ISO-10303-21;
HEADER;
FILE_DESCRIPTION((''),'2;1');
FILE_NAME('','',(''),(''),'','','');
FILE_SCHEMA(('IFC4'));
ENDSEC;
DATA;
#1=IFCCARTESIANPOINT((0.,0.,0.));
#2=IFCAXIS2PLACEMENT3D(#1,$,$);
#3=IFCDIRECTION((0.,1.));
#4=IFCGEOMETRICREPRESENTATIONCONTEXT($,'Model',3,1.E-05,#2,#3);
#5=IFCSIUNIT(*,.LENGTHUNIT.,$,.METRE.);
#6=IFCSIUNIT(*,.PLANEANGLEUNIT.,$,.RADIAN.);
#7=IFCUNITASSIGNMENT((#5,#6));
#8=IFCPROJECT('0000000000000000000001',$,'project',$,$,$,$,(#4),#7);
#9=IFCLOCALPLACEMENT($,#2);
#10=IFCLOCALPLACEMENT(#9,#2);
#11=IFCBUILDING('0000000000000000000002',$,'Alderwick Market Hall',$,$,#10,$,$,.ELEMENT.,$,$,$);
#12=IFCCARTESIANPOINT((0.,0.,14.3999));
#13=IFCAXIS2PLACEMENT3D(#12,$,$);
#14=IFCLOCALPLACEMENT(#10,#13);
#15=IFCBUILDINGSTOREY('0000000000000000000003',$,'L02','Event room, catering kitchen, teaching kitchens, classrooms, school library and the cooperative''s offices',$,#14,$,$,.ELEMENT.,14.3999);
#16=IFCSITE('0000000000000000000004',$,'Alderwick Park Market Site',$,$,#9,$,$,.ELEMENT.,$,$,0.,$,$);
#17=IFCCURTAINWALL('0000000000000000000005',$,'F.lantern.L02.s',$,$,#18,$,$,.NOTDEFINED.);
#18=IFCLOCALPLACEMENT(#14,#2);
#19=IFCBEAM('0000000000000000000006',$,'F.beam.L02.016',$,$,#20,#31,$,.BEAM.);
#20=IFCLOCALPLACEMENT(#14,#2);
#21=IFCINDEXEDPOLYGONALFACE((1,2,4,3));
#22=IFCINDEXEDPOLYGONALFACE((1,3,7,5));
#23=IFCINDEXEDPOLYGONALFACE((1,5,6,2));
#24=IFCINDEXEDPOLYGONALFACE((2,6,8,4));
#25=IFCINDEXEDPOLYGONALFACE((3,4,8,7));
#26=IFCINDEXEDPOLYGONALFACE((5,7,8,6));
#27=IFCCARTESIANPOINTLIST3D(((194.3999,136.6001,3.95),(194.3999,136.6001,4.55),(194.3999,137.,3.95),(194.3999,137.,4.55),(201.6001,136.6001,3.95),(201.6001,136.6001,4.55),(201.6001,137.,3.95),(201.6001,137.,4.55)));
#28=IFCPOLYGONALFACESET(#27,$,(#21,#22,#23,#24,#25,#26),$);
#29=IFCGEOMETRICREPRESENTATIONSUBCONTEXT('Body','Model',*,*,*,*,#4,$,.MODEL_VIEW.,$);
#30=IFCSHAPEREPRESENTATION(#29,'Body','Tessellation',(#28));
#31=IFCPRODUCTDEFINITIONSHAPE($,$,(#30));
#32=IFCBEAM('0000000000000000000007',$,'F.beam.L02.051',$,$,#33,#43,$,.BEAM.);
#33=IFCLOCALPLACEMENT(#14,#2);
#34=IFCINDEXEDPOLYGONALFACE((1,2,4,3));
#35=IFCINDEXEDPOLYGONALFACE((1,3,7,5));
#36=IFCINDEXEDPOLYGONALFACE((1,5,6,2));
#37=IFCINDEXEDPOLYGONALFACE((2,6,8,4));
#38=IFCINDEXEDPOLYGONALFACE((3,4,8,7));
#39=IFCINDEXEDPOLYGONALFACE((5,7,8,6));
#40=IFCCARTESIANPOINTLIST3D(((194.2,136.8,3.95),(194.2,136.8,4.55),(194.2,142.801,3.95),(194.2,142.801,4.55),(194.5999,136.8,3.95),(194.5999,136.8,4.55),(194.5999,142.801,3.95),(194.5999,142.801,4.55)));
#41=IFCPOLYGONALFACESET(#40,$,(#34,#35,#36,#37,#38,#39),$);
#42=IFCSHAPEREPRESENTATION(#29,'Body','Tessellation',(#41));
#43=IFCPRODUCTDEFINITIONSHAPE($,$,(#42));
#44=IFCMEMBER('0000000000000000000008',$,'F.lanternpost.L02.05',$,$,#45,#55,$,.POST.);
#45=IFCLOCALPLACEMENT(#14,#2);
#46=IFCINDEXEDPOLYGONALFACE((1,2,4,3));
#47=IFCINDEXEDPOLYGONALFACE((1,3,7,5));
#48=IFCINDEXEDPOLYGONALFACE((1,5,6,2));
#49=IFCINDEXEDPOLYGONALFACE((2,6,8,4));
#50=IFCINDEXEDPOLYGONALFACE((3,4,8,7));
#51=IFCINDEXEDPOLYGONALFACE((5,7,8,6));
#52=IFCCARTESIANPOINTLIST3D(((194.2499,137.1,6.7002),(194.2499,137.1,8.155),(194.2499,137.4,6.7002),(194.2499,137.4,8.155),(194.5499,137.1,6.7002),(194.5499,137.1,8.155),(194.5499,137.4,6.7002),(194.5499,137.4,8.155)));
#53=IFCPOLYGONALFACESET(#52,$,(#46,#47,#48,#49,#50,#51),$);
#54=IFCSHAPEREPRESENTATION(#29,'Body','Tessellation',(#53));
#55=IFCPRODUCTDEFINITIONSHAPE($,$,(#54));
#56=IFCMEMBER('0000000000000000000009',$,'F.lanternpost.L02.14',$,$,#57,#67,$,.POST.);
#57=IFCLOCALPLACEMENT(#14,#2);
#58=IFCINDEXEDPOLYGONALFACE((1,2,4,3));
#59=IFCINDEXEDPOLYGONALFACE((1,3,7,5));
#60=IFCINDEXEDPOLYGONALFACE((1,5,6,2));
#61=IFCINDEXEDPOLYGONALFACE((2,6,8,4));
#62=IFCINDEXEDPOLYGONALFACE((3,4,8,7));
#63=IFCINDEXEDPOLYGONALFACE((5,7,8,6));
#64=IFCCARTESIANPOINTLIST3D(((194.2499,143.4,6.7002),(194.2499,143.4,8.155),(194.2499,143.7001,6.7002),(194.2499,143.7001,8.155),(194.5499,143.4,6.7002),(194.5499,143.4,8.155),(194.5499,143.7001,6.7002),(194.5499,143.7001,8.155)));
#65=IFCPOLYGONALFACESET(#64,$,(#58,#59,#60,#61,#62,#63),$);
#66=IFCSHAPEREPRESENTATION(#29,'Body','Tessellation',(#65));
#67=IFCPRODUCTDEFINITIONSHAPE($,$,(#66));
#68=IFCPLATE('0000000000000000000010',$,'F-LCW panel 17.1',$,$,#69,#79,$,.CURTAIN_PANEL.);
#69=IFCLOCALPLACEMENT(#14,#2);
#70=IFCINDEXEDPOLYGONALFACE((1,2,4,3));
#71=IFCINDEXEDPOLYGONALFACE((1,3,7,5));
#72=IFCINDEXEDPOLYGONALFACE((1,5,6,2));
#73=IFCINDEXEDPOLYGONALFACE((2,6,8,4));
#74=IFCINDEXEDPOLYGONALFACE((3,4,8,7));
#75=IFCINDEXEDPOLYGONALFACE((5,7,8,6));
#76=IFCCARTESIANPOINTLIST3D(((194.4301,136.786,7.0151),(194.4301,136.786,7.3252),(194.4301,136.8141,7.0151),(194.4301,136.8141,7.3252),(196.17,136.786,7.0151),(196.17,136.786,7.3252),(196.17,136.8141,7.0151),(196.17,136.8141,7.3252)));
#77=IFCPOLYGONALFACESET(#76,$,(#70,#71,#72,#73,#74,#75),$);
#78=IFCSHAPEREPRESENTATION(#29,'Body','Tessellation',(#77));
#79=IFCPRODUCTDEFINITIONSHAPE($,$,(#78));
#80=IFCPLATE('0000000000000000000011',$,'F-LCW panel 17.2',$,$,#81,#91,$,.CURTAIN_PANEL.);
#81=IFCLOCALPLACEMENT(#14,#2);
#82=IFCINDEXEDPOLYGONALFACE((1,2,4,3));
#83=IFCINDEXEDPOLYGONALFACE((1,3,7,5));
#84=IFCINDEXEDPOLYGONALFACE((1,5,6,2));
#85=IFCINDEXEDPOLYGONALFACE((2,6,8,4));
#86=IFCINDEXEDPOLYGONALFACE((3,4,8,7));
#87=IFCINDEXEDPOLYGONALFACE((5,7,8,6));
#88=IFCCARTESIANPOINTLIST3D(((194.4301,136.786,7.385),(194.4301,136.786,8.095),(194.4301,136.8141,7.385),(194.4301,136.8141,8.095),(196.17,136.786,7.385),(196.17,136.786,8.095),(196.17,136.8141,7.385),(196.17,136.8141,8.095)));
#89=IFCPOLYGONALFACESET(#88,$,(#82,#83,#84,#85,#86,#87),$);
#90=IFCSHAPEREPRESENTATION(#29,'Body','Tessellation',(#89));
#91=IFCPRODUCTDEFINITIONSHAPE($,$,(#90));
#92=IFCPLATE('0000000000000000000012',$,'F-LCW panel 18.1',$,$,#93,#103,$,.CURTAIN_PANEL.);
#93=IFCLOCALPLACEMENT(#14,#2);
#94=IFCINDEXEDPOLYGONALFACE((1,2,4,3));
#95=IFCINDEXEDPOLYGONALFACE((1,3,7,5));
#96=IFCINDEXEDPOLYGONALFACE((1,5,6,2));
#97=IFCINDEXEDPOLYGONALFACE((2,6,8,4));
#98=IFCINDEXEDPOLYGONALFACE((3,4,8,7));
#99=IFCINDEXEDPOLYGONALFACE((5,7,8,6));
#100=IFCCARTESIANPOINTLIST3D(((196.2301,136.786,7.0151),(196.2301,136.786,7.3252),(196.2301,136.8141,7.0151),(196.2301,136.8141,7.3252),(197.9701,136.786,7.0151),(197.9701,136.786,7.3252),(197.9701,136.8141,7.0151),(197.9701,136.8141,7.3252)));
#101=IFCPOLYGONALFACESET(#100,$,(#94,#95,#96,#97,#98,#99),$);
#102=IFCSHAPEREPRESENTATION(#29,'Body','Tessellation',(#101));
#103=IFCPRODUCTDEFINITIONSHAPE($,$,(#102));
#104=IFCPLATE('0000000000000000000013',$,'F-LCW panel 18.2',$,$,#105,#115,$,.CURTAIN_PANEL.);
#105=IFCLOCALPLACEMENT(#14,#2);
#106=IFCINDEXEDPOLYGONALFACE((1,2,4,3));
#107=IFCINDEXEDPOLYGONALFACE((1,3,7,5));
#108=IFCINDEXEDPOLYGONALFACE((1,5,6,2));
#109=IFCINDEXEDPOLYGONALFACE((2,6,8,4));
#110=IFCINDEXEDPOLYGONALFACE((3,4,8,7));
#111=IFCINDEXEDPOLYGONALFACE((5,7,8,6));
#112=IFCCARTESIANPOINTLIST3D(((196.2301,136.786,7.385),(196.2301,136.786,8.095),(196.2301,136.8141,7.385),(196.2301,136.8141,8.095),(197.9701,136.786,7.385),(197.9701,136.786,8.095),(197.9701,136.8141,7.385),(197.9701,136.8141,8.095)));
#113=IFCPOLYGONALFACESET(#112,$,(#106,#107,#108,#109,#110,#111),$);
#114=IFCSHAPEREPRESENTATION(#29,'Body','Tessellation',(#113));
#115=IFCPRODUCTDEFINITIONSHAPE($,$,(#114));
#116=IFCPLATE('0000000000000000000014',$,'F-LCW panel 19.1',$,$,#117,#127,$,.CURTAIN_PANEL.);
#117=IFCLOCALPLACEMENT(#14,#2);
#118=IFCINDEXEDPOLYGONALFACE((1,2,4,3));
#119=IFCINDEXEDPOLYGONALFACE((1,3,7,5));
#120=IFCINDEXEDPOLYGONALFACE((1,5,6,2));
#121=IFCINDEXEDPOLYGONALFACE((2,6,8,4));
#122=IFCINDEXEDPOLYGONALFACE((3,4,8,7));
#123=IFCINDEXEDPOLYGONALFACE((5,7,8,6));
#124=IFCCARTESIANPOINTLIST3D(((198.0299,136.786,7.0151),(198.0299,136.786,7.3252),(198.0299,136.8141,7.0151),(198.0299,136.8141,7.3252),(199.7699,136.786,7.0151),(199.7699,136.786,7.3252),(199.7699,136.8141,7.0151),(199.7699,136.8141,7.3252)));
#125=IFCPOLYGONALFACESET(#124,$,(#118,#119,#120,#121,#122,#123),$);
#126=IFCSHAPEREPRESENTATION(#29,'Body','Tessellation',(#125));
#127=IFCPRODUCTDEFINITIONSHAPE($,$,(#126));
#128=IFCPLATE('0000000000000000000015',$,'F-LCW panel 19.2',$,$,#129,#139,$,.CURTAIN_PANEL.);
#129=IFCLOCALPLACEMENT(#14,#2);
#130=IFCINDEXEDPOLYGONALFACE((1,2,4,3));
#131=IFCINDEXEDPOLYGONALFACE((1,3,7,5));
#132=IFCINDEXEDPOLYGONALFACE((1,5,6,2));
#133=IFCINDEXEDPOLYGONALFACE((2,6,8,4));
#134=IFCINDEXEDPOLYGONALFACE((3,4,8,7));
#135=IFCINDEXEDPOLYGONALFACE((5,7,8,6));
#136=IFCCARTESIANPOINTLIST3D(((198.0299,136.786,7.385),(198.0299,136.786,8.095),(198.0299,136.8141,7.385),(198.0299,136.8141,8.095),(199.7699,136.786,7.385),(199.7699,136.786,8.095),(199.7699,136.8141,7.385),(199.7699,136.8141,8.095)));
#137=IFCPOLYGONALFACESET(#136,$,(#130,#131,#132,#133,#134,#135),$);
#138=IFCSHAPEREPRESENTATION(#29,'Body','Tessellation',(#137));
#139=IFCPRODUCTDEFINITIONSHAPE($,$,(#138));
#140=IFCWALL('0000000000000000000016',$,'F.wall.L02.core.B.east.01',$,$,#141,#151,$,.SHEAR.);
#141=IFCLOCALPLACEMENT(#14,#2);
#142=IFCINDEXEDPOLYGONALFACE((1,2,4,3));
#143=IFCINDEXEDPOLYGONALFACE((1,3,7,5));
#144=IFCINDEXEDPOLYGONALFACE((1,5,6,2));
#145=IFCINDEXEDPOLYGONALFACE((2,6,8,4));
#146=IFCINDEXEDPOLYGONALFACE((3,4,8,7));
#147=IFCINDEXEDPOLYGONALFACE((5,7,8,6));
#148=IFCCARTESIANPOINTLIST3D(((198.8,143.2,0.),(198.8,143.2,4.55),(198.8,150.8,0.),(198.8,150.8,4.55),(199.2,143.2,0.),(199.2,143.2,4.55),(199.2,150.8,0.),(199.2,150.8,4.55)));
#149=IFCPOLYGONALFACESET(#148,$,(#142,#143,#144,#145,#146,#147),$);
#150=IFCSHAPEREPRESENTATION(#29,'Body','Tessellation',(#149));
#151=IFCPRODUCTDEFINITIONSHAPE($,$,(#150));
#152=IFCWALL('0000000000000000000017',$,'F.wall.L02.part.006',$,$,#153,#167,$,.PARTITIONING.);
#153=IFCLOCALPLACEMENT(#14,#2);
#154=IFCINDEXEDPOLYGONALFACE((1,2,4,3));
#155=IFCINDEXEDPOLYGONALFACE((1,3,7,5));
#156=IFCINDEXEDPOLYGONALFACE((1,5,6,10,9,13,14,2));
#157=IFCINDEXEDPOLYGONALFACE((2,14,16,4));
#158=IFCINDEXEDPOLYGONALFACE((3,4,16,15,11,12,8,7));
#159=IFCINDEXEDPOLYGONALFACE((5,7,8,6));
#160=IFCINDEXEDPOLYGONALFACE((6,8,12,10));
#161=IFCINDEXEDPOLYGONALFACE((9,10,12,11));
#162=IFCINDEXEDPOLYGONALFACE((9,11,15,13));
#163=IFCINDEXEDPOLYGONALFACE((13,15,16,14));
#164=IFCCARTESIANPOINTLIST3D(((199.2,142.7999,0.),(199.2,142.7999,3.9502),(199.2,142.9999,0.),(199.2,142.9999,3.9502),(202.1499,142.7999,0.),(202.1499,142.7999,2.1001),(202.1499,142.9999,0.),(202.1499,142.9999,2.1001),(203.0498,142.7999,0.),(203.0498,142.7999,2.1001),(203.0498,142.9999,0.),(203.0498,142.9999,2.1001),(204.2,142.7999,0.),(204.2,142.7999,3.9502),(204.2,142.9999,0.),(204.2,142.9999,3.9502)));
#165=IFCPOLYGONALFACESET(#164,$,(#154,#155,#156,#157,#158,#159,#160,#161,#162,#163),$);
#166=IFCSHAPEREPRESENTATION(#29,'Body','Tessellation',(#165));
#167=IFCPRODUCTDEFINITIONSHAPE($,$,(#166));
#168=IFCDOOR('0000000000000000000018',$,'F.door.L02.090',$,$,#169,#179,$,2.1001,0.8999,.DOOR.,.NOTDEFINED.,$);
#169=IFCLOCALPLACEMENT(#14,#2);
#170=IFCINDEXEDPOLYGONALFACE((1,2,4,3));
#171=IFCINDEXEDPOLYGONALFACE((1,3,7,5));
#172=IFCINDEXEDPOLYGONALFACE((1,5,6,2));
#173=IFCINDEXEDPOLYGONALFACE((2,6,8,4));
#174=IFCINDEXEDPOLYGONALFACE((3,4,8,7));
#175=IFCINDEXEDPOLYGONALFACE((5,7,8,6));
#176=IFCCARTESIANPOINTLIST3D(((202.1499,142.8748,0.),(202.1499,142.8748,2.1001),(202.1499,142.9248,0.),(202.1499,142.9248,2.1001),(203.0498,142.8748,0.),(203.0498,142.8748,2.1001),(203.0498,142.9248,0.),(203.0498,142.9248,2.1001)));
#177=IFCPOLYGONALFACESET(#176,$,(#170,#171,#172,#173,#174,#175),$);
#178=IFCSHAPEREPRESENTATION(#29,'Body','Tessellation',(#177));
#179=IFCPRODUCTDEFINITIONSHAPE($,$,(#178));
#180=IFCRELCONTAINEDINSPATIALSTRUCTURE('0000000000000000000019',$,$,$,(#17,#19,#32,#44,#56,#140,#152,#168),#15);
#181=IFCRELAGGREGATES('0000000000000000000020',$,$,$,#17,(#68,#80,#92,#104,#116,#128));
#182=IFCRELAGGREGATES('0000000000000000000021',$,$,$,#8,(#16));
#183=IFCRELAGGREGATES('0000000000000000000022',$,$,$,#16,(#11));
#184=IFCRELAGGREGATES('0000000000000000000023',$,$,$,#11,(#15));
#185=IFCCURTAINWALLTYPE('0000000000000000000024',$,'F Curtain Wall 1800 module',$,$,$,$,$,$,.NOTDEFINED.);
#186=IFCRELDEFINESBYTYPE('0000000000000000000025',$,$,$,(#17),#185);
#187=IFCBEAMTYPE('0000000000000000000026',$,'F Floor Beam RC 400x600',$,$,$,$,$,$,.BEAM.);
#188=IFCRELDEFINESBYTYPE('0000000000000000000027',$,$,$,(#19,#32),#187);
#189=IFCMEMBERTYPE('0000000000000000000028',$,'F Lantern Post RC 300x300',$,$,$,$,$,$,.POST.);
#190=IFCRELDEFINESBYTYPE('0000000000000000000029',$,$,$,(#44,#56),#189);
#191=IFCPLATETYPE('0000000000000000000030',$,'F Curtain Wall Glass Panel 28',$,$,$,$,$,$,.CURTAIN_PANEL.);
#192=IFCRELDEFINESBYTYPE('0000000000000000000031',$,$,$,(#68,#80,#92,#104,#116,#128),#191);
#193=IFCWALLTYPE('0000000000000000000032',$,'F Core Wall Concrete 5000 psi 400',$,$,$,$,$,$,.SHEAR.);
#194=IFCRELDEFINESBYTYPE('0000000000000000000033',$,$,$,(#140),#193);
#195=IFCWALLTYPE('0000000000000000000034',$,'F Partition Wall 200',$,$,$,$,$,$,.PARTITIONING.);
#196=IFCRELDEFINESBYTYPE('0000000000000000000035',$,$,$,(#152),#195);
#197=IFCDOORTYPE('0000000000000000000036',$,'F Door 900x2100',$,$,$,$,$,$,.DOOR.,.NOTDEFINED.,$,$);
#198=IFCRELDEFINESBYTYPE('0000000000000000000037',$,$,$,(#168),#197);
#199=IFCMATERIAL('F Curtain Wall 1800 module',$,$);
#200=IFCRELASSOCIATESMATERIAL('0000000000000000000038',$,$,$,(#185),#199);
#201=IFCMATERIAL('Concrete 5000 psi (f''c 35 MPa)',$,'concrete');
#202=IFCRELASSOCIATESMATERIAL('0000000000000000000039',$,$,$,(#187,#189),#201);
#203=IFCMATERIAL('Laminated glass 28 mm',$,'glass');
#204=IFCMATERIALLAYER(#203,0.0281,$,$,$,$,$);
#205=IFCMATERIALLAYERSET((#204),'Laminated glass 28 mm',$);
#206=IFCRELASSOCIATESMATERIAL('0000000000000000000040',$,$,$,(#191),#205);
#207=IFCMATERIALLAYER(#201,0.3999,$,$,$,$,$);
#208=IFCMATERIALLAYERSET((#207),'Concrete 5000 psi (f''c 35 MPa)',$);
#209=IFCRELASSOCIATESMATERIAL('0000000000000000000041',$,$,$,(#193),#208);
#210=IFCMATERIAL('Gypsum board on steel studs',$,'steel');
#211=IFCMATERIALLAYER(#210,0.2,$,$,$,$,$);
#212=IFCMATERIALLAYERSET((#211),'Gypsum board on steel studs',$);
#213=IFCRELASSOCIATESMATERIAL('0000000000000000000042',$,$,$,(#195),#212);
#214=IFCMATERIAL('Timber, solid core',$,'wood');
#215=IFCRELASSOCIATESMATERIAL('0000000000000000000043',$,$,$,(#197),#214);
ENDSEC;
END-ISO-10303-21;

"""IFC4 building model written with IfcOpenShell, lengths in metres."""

from ifc_helpers import new_model, si_unit, direction, frame, frame_2d, origin, origin_2d, place, context, subcontext, project, spatial, rectangle, extrude, material, layer, layer_set, material_profile, profile_set, type_object, element, fill, aggregate, save


model = new_model("IFC4")

# Units and contexts
model_context = context("Model", 3, precision=1e-05, world=origin(), true_north=direction((0.0, 1.0)))
body_context = subcontext(model_context, "Body", "Model", "MODEL_VIEW")
ifc_project = project(units=[si_unit("LENGTHUNIT", "METRE"), si_unit("PLANEANGLEUNIT", "RADIAN")], contexts=[model_context])

# Site, building, storey
site_placement = place(None, origin())
site = spatial("IfcSite", under=ifc_project, at=site_placement, Name="Alderwick Park Market Site", CompositionType="ELEMENT", RefElevation=0.0)
building_placement = place(site_placement, origin())
building = spatial("IfcBuilding", under=site, at=building_placement, Name="Alderwick Market Hall", CompositionType="ELEMENT")
storey_placement = place(building_placement, frame((0.0, 0.0, 14.3999)))
storey = spatial("IfcBuildingStorey", under=building, at=storey_placement, Name="L02", Description="Event room, catering kitchen, teaching kitchens, classrooms, school library and the cooperative's offices", CompositionType="ELEMENT", Elevation=14.3999)

# Shared definitions
ifc_material_1 = material(Name="Concrete 5000 psi (f'c 35 MPa)", Category="concrete")

# Curtain wall
ifc_material_2 = material(Name="F Curtain Wall 1800 module")
curtain_wall_type = type_object("IfcCurtainWallType", Name="F Curtain Wall 1800 module", PredefinedType="NOTDEFINED", material=ifc_material_2)
curtain_wall_placement = place(storey_placement, origin())
curtain_wall = element("IfcCurtainWall", 1, at=curtain_wall_placement, inside=storey, type_object=curtain_wall_type, Name="F.lantern.L02.s", PredefinedType="NOTDEFINED")

# Beams
ifc_material_profile_1 = material_profile(ifc_material_1, rectangle(XDim=0.3999, YDim=0.6001, at=origin_2d()), Name="RC 400x600")
ifc_profile_set_1 = profile_set([ifc_material_profile_1], Name="Concrete 5000 psi (f'c 35 MPa)")
beam_type = type_object("IfcBeamType", Name="F Floor Beam RC 400x600", PredefinedType="BEAM", material=ifc_profile_set_1)
beam_1_placement = place(storey_placement, frame((194.3999, 136.8, 4.25), z_axis=(1.0, 0.0, 0.0), x_axis=(0.0, 1.0, 0.0)))
element("IfcBeam", 2, at=beam_1_placement, inside=storey, type_object=beam_type, Name="F.beam.L02.016", PredefinedType="BEAM", context=body_context, shape_type="SweptSolid", body=[
    extrude(rectangle(XDim=0.3999, YDim=0.6001, at=origin_2d()), origin(), (0.0, 0.0, 1.0), 7.2002),
])
beam_2_placement = place(storey_placement, frame((194.3999, 136.8, 4.25), z_axis=(0.0, 1.0, 0.0), x_axis=(-1.0, 0.0, 0.0)))
element("IfcBeam", 3, at=beam_2_placement, inside=storey, type_object=beam_type, Name="F.beam.L02.051", PredefinedType="BEAM", context=body_context, shape_type="SweptSolid", body=[
    extrude(rectangle(XDim=0.3999, YDim=0.6001, at=origin_2d()), origin(), (0.0, 0.0, 1.0), 6.001),
])

# Members
ifc_material_profile_2 = material_profile(ifc_material_1, rectangle(XDim=0.3, YDim=0.3, at=origin_2d()), Name="RC 300x300")
ifc_profile_set_2 = profile_set([ifc_material_profile_2], Name="Concrete 5000 psi (f'c 35 MPa)")
member_type_1 = type_object("IfcMemberType", Name="F Lantern Post RC 300x300", PredefinedType="POST", material=ifc_profile_set_2)
for number, where, z_axis, x_axis, name in (
    (4, (194.3999, 137.25, 6.7002), (0.0, 0.0, 1.0), (1.0, 0.0, 0.0), "F.lanternpost.L02.05"),
    (5, (194.3999, 143.55, 6.7002), (0.0, 0.0, 1.0), (1.0, 0.0, 0.0), "F.lanternpost.L02.14"),
):
    element("IfcMember", number, at=place(storey_placement, frame(where, z_axis=z_axis, x_axis=x_axis)), inside=storey, type_object=member_type_1, Name=name, PredefinedType="POST", context=body_context, shape_type="SweptSolid", body=[
        extrude(rectangle(XDim=0.3, YDim=0.3, at=origin_2d()), origin(), (0.0, 0.0, 1.0), 1.4548),
    ])

# Plates
ifc_material_3 = material(Name="Laminated glass 28 mm", Category="glass")
ifc_layer_1 = layer(ifc_material_3, 0.0281)
ifc_layer_set_1 = layer_set([ifc_layer_1], Name="Laminated glass 28 mm")
plate_type = type_object("IfcPlateType", Name="F Curtain Wall Glass Panel 28", PredefinedType="CURTAIN_PANEL", material=ifc_layer_set_1)
plate_1_placement = place(storey_placement, frame((195.3, 136.8, 7.0151), z_axis=(0.0, 0.0, 1.0), x_axis=(1.0, 0.0, 0.0)))
plate_1 = element("IfcPlate", 6, at=plate_1_placement, type_object=plate_type, Name="F-LCW panel 17.1", PredefinedType="CURTAIN_PANEL", context=body_context, shape_type="SweptSolid", body=[
    extrude(rectangle(XDim=1.74, YDim=0.0281, at=origin_2d()), origin(), (0.0, 0.0, 1.0), 0.3101),
])
plate_2_placement = place(storey_placement, frame((195.3, 136.8, 7.385), z_axis=(0.0, 0.0, 1.0), x_axis=(1.0, 0.0, 0.0)))
plate_2 = element("IfcPlate", 7, at=plate_2_placement, type_object=plate_type, Name="F-LCW panel 17.2", PredefinedType="CURTAIN_PANEL", context=body_context, shape_type="SweptSolid", body=[
    extrude(rectangle(XDim=1.74, YDim=0.0281, at=origin_2d()), origin(), (0.0, 0.0, 1.0), 0.71),
])
plate_3_placement = place(storey_placement, frame((197.1001, 136.8, 7.0151), z_axis=(0.0, 0.0, 1.0), x_axis=(1.0, 0.0, 0.0)))
plate_3 = element("IfcPlate", 8, at=plate_3_placement, type_object=plate_type, Name="F-LCW panel 18.1", PredefinedType="CURTAIN_PANEL", context=body_context, shape_type="SweptSolid", body=[
    extrude(rectangle(XDim=1.74, YDim=0.0281, at=origin_2d()), origin(), (0.0, 0.0, 1.0), 0.3101),
])
plate_4_placement = place(storey_placement, frame((197.1001, 136.8, 7.385), z_axis=(0.0, 0.0, 1.0), x_axis=(1.0, 0.0, 0.0)))
plate_4 = element("IfcPlate", 9, at=plate_4_placement, type_object=plate_type, Name="F-LCW panel 18.2", PredefinedType="CURTAIN_PANEL", context=body_context, shape_type="SweptSolid", body=[
    extrude(rectangle(XDim=1.74, YDim=0.0281, at=origin_2d()), origin(), (0.0, 0.0, 1.0), 0.71),
])
plate_5_placement = place(storey_placement, frame((198.8999, 136.8, 7.0151), z_axis=(0.0, 0.0, 1.0), x_axis=(1.0, 0.0, 0.0)))
plate_5 = element("IfcPlate", 10, at=plate_5_placement, type_object=plate_type, Name="F-LCW panel 19.1", PredefinedType="CURTAIN_PANEL", context=body_context, shape_type="SweptSolid", body=[
    extrude(rectangle(XDim=1.74, YDim=0.0281, at=origin_2d()), origin(), (0.0, 0.0, 1.0), 0.3101),
])
plate_6_placement = place(storey_placement, frame((198.8999, 136.8, 7.385), z_axis=(0.0, 0.0, 1.0), x_axis=(1.0, 0.0, 0.0)))
plate_6 = element("IfcPlate", 11, at=plate_6_placement, type_object=plate_type, Name="F-LCW panel 19.2", PredefinedType="CURTAIN_PANEL", context=body_context, shape_type="SweptSolid", body=[
    extrude(rectangle(XDim=1.74, YDim=0.0281, at=origin_2d()), origin(), (0.0, 0.0, 1.0), 0.71),
])
aggregate(curtain_wall, [plate_1, plate_2, plate_3, plate_4, plate_5, plate_6])

# Wall
ifc_layer_2 = layer(ifc_material_1, 0.3999)
ifc_layer_set_2 = layer_set([ifc_layer_2], Name="Concrete 5000 psi (f'c 35 MPa)")
wall_type_1 = type_object("IfcWallType", Name="F Core Wall Concrete 5000 psi 400", PredefinedType="SHEAR", material=ifc_layer_set_2)
wall_1_placement = place(storey_placement, frame((199.0, 143.2, 0.0), z_axis=(0.0, 0.0, 1.0), x_axis=(0.0, 1.0, 0.0)))
element("IfcWall", 12, at=wall_1_placement, inside=storey, type_object=wall_type_1, Name="F.wall.L02.core.B.east.01", PredefinedType="SHEAR", context=body_context, shape_type="SweptSolid", body=[
    extrude(rectangle(XDim=7.6001, YDim=0.3999, at=frame_2d((3.8, 0.0))), origin(), (0.0, 0.0, 1.0), 4.55),
])

# Wall, opening, door
ifc_material_4 = material(Name="Gypsum board on steel studs", Category="steel")
ifc_layer_3 = layer(ifc_material_4, 0.2)
ifc_layer_set_3 = layer_set([ifc_layer_3], Name="Gypsum board on steel studs")
wall_type_2 = type_object("IfcWallType", Name="F Partition Wall 200", PredefinedType="PARTITIONING", material=ifc_layer_set_3)
wall_2_placement = place(storey_placement, frame((199.2, 142.8999, 0.0), z_axis=(0.0, 0.0, 1.0), x_axis=(1.0, 0.0, 0.0)))
wall_2 = element("IfcWall", 13, at=wall_2_placement, inside=storey, type_object=wall_type_2, Name="F.wall.L02.part.006", PredefinedType="PARTITIONING", context=body_context, shape_type="SweptSolid", body=[
    extrude(rectangle(XDim=5.0, YDim=0.2, at=frame_2d((2.5, 0.0))), origin(), (0.0, 0.0, 1.0), 3.9502),
])
opening_placement = place(wall_2_placement, frame((2.95, 0.0, 0.0)))
opening = element("IfcOpeningElement", 14, at=opening_placement, cuts=wall_2, PredefinedType="OPENING", context=body_context, shape_type="SweptSolid", body=[
    extrude(rectangle(XDim=0.8999, YDim=2.1001, at=frame_2d((0.45, 1.05))), frame((0.0, 0.1099, 0.0), z_axis=(0.0, -1.0, 0.0), x_axis=(1.0, 0.0, 0.0)), (0.0, 0.0, 1.0), 0.22),
])
ifc_material_5 = material(Name="Timber, solid core", Category="wood")
door_type = type_object("IfcDoorType", Name="F Door 900x2100", OperationType="NOTDEFINED", PredefinedType="DOOR", material=ifc_material_5)
door_placement = place(opening_placement, origin())
door = element("IfcDoor", 15, at=door_placement, inside=storey, type_object=door_type, Name="F.door.L02.090", OperationType="NOTDEFINED", OverallHeight=2.1001, OverallWidth=0.8999, PredefinedType="DOOR", context=body_context, shape_type="SweptSolid", body=[
    extrude(rectangle(XDim=0.8999, YDim=2.1001, at=frame_2d((0.45, 1.05))), frame((0.0, 0.0249, 0.0), z_axis=(0.0, -1.0, 0.0), x_axis=(1.0, 0.0, 0.0)), (0.0, 0.0, 1.0), 0.05),
])
fill(opening, door)

save(model, "model.ifc")
